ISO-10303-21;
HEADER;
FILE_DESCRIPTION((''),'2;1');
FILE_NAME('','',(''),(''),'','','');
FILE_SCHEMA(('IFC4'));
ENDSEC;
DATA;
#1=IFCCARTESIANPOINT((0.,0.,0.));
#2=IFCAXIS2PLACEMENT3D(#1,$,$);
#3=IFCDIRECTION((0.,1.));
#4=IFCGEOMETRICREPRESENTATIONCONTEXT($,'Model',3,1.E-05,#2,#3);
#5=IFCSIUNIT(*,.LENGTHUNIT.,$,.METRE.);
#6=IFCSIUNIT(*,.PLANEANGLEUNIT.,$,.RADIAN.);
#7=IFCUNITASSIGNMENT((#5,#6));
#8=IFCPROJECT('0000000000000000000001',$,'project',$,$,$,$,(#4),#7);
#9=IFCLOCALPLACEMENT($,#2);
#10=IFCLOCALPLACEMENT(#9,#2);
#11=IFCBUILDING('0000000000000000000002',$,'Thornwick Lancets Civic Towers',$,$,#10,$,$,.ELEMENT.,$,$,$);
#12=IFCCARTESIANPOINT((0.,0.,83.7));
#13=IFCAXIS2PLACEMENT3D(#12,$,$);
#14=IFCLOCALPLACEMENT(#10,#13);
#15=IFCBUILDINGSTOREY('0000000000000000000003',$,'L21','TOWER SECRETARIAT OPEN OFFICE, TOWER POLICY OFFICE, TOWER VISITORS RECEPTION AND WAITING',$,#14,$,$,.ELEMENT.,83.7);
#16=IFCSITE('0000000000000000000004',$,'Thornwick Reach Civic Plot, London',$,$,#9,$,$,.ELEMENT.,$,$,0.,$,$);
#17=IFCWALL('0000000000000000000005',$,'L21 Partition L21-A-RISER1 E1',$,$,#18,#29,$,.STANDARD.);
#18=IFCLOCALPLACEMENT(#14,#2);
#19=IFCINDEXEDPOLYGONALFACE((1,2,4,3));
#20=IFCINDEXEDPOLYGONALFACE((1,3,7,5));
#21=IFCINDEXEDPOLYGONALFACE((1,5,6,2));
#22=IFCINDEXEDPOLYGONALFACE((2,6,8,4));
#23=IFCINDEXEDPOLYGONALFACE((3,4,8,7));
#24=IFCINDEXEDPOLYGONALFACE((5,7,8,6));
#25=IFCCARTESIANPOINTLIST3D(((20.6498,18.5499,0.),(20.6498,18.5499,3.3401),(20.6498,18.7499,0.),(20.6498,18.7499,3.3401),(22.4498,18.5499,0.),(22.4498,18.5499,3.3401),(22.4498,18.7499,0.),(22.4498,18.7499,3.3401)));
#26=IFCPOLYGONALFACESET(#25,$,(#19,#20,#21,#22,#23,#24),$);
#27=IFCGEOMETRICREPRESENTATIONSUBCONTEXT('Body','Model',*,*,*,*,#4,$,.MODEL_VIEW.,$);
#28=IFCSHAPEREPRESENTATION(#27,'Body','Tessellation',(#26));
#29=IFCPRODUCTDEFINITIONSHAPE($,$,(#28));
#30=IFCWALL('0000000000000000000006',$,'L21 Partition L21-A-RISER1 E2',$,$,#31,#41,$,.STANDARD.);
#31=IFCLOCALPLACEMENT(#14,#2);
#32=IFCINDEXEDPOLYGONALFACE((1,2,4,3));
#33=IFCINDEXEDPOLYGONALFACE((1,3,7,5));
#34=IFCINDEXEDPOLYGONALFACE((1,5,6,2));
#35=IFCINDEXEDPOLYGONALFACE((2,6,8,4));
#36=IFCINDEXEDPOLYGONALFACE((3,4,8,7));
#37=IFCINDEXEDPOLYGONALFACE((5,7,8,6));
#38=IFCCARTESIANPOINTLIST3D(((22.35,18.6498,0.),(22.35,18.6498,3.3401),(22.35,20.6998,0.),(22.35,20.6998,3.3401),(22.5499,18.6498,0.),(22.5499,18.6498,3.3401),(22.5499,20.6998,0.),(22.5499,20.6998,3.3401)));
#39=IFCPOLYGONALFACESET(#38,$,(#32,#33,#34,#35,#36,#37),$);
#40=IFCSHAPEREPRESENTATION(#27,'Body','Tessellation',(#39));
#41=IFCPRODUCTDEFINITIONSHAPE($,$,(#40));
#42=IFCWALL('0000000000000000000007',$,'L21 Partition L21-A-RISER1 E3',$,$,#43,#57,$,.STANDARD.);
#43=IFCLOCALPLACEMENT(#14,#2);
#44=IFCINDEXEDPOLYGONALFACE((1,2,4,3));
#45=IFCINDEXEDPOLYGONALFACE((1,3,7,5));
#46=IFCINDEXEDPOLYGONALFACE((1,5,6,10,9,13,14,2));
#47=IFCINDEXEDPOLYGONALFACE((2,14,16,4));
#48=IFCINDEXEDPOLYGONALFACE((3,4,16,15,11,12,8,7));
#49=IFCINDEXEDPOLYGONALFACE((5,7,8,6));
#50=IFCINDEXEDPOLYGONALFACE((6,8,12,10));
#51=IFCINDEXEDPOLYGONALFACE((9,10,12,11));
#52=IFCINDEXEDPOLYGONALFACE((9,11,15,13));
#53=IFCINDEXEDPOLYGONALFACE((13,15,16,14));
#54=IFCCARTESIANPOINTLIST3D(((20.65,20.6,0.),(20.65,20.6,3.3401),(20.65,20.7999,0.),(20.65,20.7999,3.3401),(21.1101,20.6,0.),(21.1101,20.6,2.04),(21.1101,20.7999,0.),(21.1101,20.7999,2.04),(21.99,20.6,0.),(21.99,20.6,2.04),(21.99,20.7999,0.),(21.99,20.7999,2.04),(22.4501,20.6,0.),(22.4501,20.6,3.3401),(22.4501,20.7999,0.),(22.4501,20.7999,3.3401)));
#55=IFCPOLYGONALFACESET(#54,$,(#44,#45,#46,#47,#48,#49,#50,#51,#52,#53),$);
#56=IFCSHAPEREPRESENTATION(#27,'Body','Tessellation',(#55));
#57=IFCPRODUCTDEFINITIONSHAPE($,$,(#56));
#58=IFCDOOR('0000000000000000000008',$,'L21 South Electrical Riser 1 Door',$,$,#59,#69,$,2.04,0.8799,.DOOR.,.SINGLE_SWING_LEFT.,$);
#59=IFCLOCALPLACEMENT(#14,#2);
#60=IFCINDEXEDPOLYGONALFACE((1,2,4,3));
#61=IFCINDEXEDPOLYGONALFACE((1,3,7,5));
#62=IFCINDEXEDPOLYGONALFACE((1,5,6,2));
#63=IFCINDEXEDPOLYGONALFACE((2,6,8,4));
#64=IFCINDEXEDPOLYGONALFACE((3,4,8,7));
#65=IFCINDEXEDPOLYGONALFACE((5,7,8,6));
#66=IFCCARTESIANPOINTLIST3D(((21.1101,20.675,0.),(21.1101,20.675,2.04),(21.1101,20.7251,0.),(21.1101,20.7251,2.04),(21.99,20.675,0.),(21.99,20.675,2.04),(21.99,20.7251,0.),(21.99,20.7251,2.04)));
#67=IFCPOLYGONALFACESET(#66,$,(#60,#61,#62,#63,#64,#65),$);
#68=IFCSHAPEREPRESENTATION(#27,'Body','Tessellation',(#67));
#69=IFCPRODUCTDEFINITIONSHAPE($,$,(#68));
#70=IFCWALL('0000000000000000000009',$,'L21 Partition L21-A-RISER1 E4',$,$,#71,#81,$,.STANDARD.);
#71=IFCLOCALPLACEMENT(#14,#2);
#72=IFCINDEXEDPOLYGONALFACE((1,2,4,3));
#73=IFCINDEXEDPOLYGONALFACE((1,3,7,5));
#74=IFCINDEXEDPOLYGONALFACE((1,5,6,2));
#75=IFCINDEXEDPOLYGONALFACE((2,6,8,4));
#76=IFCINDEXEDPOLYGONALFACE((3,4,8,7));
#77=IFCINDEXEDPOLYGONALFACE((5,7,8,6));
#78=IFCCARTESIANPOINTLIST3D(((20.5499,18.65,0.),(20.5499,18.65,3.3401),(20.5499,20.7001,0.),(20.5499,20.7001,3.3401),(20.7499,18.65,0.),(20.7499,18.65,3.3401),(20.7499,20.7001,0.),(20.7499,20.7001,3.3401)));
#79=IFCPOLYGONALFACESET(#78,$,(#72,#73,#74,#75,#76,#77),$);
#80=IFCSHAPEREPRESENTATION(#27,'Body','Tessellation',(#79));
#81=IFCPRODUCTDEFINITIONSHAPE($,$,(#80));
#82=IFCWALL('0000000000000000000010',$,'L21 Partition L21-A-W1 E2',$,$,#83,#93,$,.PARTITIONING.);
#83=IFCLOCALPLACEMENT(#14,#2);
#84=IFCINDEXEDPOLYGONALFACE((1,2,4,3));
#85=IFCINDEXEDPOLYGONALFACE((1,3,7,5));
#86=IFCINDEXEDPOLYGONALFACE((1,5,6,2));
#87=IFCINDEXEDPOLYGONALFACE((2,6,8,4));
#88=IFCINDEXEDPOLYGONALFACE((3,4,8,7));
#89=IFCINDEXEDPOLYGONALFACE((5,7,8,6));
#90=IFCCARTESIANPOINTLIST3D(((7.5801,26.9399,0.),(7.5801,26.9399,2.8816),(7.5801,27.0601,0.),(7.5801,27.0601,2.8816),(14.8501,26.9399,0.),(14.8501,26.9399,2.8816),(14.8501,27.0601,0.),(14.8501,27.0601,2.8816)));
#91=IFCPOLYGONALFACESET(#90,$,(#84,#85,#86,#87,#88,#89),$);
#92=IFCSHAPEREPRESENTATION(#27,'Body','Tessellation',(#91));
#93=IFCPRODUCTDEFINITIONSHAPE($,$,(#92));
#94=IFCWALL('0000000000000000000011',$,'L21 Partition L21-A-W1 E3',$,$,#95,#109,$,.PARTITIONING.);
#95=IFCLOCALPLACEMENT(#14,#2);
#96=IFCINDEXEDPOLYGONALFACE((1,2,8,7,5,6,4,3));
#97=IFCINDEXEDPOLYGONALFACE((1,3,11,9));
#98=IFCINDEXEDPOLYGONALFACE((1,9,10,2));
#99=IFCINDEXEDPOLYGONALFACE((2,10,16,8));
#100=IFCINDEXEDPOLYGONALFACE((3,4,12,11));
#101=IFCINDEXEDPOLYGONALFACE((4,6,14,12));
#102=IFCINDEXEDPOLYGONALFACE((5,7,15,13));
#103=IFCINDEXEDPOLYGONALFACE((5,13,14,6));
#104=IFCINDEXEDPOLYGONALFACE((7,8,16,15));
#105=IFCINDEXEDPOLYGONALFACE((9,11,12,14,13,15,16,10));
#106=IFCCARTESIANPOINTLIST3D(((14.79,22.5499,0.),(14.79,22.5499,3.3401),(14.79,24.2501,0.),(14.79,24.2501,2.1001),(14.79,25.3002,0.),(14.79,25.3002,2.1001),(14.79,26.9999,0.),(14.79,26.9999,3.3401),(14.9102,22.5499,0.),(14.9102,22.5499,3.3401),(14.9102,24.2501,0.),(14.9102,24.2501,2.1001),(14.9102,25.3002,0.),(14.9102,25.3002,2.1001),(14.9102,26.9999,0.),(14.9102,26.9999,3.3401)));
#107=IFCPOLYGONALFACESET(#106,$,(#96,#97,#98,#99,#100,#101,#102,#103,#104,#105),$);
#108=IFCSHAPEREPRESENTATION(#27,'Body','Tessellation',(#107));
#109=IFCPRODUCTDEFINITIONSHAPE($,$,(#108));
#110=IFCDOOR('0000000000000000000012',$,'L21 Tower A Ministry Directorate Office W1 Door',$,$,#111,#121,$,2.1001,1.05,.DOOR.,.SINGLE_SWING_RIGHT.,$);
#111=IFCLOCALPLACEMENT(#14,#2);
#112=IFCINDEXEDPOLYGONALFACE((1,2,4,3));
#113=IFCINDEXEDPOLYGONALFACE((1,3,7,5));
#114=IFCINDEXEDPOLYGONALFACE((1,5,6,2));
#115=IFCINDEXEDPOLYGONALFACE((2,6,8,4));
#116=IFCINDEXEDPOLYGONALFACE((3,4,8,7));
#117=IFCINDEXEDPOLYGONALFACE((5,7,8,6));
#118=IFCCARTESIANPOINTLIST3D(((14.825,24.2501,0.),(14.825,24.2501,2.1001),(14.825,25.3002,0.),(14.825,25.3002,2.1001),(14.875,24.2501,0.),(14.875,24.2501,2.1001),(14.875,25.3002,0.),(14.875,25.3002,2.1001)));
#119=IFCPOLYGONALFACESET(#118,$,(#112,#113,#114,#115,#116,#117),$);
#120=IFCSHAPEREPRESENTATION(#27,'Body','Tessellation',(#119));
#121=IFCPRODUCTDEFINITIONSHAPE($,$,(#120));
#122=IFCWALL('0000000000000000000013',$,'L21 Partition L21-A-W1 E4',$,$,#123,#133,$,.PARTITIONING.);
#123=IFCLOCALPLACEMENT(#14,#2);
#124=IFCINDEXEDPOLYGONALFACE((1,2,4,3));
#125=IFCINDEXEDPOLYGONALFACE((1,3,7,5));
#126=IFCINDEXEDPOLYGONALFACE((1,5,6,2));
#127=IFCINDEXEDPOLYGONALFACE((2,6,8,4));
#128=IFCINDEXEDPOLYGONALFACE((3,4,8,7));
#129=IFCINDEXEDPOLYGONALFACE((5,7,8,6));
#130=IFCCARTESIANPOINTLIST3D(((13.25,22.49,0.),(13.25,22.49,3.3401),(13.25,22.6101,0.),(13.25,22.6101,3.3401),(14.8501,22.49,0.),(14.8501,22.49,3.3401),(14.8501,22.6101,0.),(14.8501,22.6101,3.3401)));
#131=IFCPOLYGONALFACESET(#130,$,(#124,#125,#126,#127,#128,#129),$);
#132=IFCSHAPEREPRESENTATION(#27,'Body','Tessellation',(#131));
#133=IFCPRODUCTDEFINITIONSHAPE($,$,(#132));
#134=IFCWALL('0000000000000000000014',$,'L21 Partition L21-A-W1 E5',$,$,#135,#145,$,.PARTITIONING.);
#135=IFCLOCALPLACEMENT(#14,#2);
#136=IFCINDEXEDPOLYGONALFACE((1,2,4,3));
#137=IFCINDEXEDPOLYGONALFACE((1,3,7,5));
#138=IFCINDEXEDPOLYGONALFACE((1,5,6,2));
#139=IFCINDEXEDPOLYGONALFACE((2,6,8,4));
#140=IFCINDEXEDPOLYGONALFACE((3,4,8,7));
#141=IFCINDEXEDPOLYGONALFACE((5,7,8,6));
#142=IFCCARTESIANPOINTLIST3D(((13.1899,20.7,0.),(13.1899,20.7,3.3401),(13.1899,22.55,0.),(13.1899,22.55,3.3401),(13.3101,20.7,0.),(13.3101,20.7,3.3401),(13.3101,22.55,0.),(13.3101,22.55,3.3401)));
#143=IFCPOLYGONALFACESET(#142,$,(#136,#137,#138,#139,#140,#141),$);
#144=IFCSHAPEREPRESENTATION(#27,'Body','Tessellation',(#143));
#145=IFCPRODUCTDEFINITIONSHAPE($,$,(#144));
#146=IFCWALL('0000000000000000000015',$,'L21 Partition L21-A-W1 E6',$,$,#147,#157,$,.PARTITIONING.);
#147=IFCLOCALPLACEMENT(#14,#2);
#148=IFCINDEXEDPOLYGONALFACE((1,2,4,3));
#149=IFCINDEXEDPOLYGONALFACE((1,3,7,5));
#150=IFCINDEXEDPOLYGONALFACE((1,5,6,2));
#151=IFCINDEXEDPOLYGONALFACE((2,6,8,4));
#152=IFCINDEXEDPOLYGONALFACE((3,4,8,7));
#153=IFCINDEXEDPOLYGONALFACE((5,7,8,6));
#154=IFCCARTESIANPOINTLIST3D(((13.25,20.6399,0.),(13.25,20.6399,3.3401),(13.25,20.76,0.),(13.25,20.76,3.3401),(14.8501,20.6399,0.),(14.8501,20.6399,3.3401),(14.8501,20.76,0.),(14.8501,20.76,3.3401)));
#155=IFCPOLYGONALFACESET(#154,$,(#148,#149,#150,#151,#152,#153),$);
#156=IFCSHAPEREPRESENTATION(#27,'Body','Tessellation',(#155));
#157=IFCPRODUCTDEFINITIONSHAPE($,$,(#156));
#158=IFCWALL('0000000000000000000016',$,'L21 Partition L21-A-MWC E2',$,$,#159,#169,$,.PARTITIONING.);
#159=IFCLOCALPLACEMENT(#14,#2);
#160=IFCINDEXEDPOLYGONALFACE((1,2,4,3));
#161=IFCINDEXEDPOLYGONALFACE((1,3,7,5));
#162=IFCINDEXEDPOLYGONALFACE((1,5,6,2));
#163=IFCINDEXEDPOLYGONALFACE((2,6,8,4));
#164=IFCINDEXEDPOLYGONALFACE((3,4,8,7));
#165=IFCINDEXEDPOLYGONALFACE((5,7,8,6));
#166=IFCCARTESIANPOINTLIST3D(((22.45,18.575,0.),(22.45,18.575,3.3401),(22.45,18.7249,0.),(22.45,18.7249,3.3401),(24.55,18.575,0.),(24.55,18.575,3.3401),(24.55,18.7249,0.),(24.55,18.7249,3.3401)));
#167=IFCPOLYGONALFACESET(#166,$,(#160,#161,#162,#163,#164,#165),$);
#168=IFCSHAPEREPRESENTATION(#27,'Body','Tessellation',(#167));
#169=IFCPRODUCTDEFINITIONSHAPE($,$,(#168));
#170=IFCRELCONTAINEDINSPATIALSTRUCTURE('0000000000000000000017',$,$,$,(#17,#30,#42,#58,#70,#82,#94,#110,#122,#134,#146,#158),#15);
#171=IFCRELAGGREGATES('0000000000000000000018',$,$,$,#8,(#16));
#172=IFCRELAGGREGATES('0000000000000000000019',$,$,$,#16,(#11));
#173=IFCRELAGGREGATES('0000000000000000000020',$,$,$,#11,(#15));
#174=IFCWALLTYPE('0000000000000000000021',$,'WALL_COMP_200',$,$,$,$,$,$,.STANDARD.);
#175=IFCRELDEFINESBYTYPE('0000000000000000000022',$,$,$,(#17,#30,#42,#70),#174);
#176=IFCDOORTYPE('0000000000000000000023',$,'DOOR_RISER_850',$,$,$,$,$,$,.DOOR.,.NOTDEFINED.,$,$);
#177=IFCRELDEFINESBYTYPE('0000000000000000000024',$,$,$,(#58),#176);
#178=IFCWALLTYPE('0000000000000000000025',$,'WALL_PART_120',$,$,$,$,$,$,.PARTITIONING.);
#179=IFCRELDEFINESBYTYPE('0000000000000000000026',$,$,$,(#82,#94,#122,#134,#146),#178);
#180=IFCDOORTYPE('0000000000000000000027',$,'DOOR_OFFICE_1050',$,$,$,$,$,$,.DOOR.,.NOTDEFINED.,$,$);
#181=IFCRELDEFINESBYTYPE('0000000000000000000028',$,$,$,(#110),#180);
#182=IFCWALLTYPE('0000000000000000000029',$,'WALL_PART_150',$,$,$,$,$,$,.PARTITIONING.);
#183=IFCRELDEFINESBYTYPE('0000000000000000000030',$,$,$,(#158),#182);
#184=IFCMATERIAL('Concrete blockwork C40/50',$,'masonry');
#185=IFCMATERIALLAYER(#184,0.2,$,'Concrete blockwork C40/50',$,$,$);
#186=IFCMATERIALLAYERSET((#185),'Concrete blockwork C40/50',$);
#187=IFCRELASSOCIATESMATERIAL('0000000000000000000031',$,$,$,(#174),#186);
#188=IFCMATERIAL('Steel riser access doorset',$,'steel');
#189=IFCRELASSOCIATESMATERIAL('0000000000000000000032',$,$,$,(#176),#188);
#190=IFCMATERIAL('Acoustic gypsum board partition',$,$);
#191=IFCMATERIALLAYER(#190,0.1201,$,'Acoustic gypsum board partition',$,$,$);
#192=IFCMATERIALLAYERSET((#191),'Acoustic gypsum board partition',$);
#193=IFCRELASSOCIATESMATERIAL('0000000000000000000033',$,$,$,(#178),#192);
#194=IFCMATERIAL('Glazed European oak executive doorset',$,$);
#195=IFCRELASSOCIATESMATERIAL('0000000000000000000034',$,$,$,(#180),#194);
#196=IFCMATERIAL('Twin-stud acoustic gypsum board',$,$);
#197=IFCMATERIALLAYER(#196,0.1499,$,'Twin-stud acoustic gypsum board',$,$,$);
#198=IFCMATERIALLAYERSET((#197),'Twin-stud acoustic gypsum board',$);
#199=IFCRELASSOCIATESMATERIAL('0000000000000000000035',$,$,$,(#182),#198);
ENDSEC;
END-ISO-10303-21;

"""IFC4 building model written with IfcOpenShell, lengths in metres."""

from ifc_helpers import new_model, si_unit, direction, frame, frame_2d, origin, place, context, subcontext, project, spatial, rectangle, extrude, material, layer, layer_set, type_object, element, fill, save


model = new_model("IFC4")

# Units and contexts
model_context = context("Model", 3, precision=1e-05, world=origin(), true_north=direction((0.0, 1.0)))
body_context = subcontext(model_context, "Body", "Model", "MODEL_VIEW")
ifc_project = project(units=[si_unit("LENGTHUNIT", "METRE"), si_unit("PLANEANGLEUNIT", "RADIAN")], contexts=[model_context])

# Site, building, storey
site_placement = place(None, origin())
site = spatial("IfcSite", under=ifc_project, at=site_placement, Name="Thornwick Reach Civic Plot, London", CompositionType="ELEMENT", RefElevation=0.0)
building_placement = place(site_placement, origin())
building = spatial("IfcBuilding", under=site, at=building_placement, Name="Thornwick Lancets Civic Towers", CompositionType="ELEMENT")
storey_placement = place(building_placement, frame((0.0, 0.0, 83.7)))
storey = spatial("IfcBuildingStorey", under=building, at=storey_placement, Name="L21", Description="TOWER SECRETARIAT OPEN OFFICE, TOWER POLICY OFFICE, TOWER VISITORS RECEPTION AND WAITING", CompositionType="ELEMENT", Elevation=83.7)

# Shared definitions
ifc_material_1 = material(Name="Concrete blockwork C40/50", Category="masonry")
ifc_layer_1 = layer(ifc_material_1, 0.2, Name="Concrete blockwork C40/50")
ifc_layer_set_1 = layer_set([ifc_layer_1], Name="Concrete blockwork C40/50")
wall_type_1 = type_object("IfcWallType", Name="WALL_COMP_200", PredefinedType="STANDARD", material=ifc_layer_set_1)

# Walls
wall_1_placement = place(storey_placement, frame((20.6499, 18.6499, 0.0), z_axis=(0.0, 0.0, 1.0), x_axis=(1.0, 0.0, 0.0)))
element("IfcWall", 1, at=wall_1_placement, inside=storey, type_object=wall_type_1, Name="L21 Partition L21-A-RISER1 E1", PredefinedType="STANDARD", context=body_context, shape_type="SweptSolid", body=[
    extrude(rectangle(XDim=1.8, YDim=0.2, at=frame_2d((0.8999, 0.0))), origin(), (0.0, 0.0, 1.0), 3.3401),
])
wall_2_placement = place(storey_placement, frame((22.45, 18.6499, 0.0), z_axis=(0.0, 0.0, 1.0), x_axis=(0.0, 1.0, 0.0)))
element("IfcWall", 2, at=wall_2_placement, inside=storey, type_object=wall_type_1, Name="L21 Partition L21-A-RISER1 E2", PredefinedType="STANDARD", context=body_context, shape_type="SweptSolid", body=[
    extrude(rectangle(XDim=2.05, YDim=0.2, at=frame_2d((1.0249, 0.0))), origin(), (0.0, 0.0, 1.0), 3.3401),
])

# Wall, opening, door
wall_3_placement = place(storey_placement, frame((22.45, 20.7, 0.0), z_axis=(0.0, 0.0, 1.0), x_axis=(-1.0, 0.0, 0.0)))
wall_3 = element("IfcWall", 3, at=wall_3_placement, inside=storey, type_object=wall_type_1, Name="L21 Partition L21-A-RISER1 E3", PredefinedType="STANDARD", context=body_context, shape_type="SweptSolid", body=[
    extrude(rectangle(XDim=1.8, YDim=0.2, at=frame_2d((0.8999, 0.0))), origin(), (0.0, 0.0, 1.0), 3.3401),
])
opening_1_placement = place(wall_3_placement, frame((0.46, 0.0, 0.0)))
opening_1 = element("IfcOpeningElement", 4, at=opening_1_placement, cuts=wall_3, PredefinedType="OPENING", context=body_context, shape_type="SweptSolid", body=[
    extrude(rectangle(XDim=0.8799, YDim=2.04, at=frame_2d((0.4399, 1.02))), frame((0.0, 0.1099, 0.0), z_axis=(0.0, -1.0, 0.0), x_axis=(1.0, 0.0, 0.0)), (0.0, 0.0, 1.0), 0.22),
])
ifc_material_2 = material(Name="Steel riser access doorset", Category="steel")
door_type_1 = type_object("IfcDoorType", Name="DOOR_RISER_850", OperationType="NOTDEFINED", PredefinedType="DOOR", material=ifc_material_2)
door_1_placement = place(opening_1_placement, origin())
door_1 = element("IfcDoor", 5, at=door_1_placement, inside=storey, type_object=door_type_1, Name="L21 South Electrical Riser 1 Door", OperationType="SINGLE_SWING_LEFT", OverallHeight=2.04, OverallWidth=0.8799, PredefinedType="DOOR", context=body_context, shape_type="SweptSolid", body=[
    extrude(rectangle(XDim=0.8799, YDim=2.04, at=frame_2d((0.4399, 1.02))), frame((0.0, 0.0249, 0.0), z_axis=(0.0, -1.0, 0.0), x_axis=(1.0, 0.0, 0.0)), (0.0, 0.0, 1.0), 0.05),
])
fill(opening_1, door_1)

# Walls
wall_4_placement = place(storey_placement, frame((20.6499, 20.7, 0.0), z_axis=(0.0, 0.0, 1.0), x_axis=(0.0, -1.0, 0.0)))
element("IfcWall", 6, at=wall_4_placement, inside=storey, type_object=wall_type_1, Name="L21 Partition L21-A-RISER1 E4", PredefinedType="STANDARD", context=body_context, shape_type="SweptSolid", body=[
    extrude(rectangle(XDim=2.05, YDim=0.2, at=frame_2d((1.0249, 0.0))), origin(), (0.0, 0.0, 1.0), 3.3401),
])
ifc_material_3 = material(Name="Acoustic gypsum board partition")
ifc_layer_2 = layer(ifc_material_3, 0.1201, Name="Acoustic gypsum board partition")
ifc_layer_set_2 = layer_set([ifc_layer_2], Name="Acoustic gypsum board partition")
wall_type_2 = type_object("IfcWallType", Name="WALL_PART_120", PredefinedType="PARTITIONING", material=ifc_layer_set_2)
wall_5_placement = place(storey_placement, frame((7.5801, 27.0, 0.0), z_axis=(0.0, 0.0, 1.0), x_axis=(1.0, 0.0, 0.0)))
element("IfcWall", 7, at=wall_5_placement, inside=storey, type_object=wall_type_2, Name="L21 Partition L21-A-W1 E2", PredefinedType="PARTITIONING", context=body_context, shape_type="SweptSolid", body=[
    extrude(rectangle(XDim=7.27, YDim=0.1201, at=frame_2d((3.635, 0.0))), origin(), (0.0, 0.0, 1.0), 2.8816),
])

# Wall, opening, door
wall_6_placement = place(storey_placement, frame((14.8501, 27.0, 0.0), z_axis=(0.0, 0.0, 1.0), x_axis=(0.0, -1.0, 0.0)))
wall_6 = element("IfcWall", 8, at=wall_6_placement, inside=storey, type_object=wall_type_2, Name="L21 Partition L21-A-W1 E3", PredefinedType="PARTITIONING", context=body_context, shape_type="SweptSolid", body=[
    extrude(rectangle(XDim=4.45, YDim=0.1201, at=frame_2d((2.2251, 0.0))), origin(), (0.0, 0.0, 1.0), 3.3401),
])
opening_2_placement = place(wall_6_placement, frame((1.7, 0.0, 0.0)))
opening_2 = element("IfcOpeningElement", 9, at=opening_2_placement, cuts=wall_6, PredefinedType="OPENING", context=body_context, shape_type="SweptSolid", body=[
    extrude(rectangle(XDim=1.05, YDim=2.1001, at=frame_2d((0.5249, 1.05))), frame((0.0, 0.0701, 0.0), z_axis=(0.0, -1.0, 0.0), x_axis=(1.0, 0.0, 0.0)), (0.0, 0.0, 1.0), 0.1401),
])
ifc_material_4 = material(Name="Glazed European oak executive doorset")
door_type_2 = type_object("IfcDoorType", Name="DOOR_OFFICE_1050", OperationType="NOTDEFINED", PredefinedType="DOOR", material=ifc_material_4)
door_2_placement = place(opening_2_placement, origin())
door_2 = element("IfcDoor", 10, at=door_2_placement, inside=storey, type_object=door_type_2, Name="L21 Tower A Ministry Directorate Office W1 Door", OperationType="SINGLE_SWING_RIGHT", OverallHeight=2.1001, OverallWidth=1.05, PredefinedType="DOOR", context=body_context, shape_type="SweptSolid", body=[
    extrude(rectangle(XDim=1.05, YDim=2.1001, at=frame_2d((0.5249, 1.05))), frame((0.0, 0.0249, 0.0), z_axis=(0.0, -1.0, 0.0), x_axis=(1.0, 0.0, 0.0)), (0.0, 0.0, 1.0), 0.05),
])
fill(opening_2, door_2)

# Walls
wall_7_placement = place(storey_placement, frame((14.8501, 22.55, 0.0), z_axis=(0.0, 0.0, 1.0), x_axis=(-1.0, 0.0, 0.0)))
element("IfcWall", 11, at=wall_7_placement, inside=storey, type_object=wall_type_2, Name="L21 Partition L21-A-W1 E4", PredefinedType="PARTITIONING", context=body_context, shape_type="SweptSolid", body=[
    extrude(rectangle(XDim=1.6001, YDim=0.1201, at=frame_2d((0.8, 0.0))), origin(), (0.0, 0.0, 1.0), 3.3401),
])
wall_8_placement = place(storey_placement, frame((13.25, 22.55, 0.0), z_axis=(0.0, 0.0, 1.0), x_axis=(0.0, -1.0, 0.0)))
element("IfcWall", 12, at=wall_8_placement, inside=storey, type_object=wall_type_2, Name="L21 Partition L21-A-W1 E5", PredefinedType="PARTITIONING", context=body_context, shape_type="SweptSolid", body=[
    extrude(rectangle(XDim=1.8501, YDim=0.1201, at=frame_2d((0.925, 0.0))), origin(), (0.0, 0.0, 1.0), 3.3401),
])
wall_9_placement = place(storey_placement, frame((13.25, 20.7, 0.0), z_axis=(0.0, 0.0, 1.0), x_axis=(1.0, 0.0, 0.0)))
element("IfcWall", 13, at=wall_9_placement, inside=storey, type_object=wall_type_2, Name="L21 Partition L21-A-W1 E6", PredefinedType="PARTITIONING", context=body_context, shape_type="SweptSolid", body=[
    extrude(rectangle(XDim=1.6001, YDim=0.1201, at=frame_2d((0.8, 0.0))), origin(), (0.0, 0.0, 1.0), 3.3401),
])
ifc_material_5 = material(Name="Twin-stud acoustic gypsum board")
ifc_layer_3 = layer(ifc_material_5, 0.1499, Name="Twin-stud acoustic gypsum board")
ifc_layer_set_3 = layer_set([ifc_layer_3], Name="Twin-stud acoustic gypsum board")
wall_type_3 = type_object("IfcWallType", Name="WALL_PART_150", PredefinedType="PARTITIONING", material=ifc_layer_set_3)
wall_10_placement = place(storey_placement, frame((24.55, 18.6499, 0.0), z_axis=(0.0, 0.0, 1.0), x_axis=(-1.0, 0.0, 0.0)))
element("IfcWall", 14, at=wall_10_placement, inside=storey, type_object=wall_type_3, Name="L21 Partition L21-A-MWC E2", PredefinedType="PARTITIONING", context=body_context, shape_type="SweptSolid", body=[
    extrude(rectangle(XDim=2.1001, YDim=0.1499, at=frame_2d((1.05, 0.0))), origin(), (0.0, 0.0, 1.0), 3.3401),
])

save(model, "model.ifc")
